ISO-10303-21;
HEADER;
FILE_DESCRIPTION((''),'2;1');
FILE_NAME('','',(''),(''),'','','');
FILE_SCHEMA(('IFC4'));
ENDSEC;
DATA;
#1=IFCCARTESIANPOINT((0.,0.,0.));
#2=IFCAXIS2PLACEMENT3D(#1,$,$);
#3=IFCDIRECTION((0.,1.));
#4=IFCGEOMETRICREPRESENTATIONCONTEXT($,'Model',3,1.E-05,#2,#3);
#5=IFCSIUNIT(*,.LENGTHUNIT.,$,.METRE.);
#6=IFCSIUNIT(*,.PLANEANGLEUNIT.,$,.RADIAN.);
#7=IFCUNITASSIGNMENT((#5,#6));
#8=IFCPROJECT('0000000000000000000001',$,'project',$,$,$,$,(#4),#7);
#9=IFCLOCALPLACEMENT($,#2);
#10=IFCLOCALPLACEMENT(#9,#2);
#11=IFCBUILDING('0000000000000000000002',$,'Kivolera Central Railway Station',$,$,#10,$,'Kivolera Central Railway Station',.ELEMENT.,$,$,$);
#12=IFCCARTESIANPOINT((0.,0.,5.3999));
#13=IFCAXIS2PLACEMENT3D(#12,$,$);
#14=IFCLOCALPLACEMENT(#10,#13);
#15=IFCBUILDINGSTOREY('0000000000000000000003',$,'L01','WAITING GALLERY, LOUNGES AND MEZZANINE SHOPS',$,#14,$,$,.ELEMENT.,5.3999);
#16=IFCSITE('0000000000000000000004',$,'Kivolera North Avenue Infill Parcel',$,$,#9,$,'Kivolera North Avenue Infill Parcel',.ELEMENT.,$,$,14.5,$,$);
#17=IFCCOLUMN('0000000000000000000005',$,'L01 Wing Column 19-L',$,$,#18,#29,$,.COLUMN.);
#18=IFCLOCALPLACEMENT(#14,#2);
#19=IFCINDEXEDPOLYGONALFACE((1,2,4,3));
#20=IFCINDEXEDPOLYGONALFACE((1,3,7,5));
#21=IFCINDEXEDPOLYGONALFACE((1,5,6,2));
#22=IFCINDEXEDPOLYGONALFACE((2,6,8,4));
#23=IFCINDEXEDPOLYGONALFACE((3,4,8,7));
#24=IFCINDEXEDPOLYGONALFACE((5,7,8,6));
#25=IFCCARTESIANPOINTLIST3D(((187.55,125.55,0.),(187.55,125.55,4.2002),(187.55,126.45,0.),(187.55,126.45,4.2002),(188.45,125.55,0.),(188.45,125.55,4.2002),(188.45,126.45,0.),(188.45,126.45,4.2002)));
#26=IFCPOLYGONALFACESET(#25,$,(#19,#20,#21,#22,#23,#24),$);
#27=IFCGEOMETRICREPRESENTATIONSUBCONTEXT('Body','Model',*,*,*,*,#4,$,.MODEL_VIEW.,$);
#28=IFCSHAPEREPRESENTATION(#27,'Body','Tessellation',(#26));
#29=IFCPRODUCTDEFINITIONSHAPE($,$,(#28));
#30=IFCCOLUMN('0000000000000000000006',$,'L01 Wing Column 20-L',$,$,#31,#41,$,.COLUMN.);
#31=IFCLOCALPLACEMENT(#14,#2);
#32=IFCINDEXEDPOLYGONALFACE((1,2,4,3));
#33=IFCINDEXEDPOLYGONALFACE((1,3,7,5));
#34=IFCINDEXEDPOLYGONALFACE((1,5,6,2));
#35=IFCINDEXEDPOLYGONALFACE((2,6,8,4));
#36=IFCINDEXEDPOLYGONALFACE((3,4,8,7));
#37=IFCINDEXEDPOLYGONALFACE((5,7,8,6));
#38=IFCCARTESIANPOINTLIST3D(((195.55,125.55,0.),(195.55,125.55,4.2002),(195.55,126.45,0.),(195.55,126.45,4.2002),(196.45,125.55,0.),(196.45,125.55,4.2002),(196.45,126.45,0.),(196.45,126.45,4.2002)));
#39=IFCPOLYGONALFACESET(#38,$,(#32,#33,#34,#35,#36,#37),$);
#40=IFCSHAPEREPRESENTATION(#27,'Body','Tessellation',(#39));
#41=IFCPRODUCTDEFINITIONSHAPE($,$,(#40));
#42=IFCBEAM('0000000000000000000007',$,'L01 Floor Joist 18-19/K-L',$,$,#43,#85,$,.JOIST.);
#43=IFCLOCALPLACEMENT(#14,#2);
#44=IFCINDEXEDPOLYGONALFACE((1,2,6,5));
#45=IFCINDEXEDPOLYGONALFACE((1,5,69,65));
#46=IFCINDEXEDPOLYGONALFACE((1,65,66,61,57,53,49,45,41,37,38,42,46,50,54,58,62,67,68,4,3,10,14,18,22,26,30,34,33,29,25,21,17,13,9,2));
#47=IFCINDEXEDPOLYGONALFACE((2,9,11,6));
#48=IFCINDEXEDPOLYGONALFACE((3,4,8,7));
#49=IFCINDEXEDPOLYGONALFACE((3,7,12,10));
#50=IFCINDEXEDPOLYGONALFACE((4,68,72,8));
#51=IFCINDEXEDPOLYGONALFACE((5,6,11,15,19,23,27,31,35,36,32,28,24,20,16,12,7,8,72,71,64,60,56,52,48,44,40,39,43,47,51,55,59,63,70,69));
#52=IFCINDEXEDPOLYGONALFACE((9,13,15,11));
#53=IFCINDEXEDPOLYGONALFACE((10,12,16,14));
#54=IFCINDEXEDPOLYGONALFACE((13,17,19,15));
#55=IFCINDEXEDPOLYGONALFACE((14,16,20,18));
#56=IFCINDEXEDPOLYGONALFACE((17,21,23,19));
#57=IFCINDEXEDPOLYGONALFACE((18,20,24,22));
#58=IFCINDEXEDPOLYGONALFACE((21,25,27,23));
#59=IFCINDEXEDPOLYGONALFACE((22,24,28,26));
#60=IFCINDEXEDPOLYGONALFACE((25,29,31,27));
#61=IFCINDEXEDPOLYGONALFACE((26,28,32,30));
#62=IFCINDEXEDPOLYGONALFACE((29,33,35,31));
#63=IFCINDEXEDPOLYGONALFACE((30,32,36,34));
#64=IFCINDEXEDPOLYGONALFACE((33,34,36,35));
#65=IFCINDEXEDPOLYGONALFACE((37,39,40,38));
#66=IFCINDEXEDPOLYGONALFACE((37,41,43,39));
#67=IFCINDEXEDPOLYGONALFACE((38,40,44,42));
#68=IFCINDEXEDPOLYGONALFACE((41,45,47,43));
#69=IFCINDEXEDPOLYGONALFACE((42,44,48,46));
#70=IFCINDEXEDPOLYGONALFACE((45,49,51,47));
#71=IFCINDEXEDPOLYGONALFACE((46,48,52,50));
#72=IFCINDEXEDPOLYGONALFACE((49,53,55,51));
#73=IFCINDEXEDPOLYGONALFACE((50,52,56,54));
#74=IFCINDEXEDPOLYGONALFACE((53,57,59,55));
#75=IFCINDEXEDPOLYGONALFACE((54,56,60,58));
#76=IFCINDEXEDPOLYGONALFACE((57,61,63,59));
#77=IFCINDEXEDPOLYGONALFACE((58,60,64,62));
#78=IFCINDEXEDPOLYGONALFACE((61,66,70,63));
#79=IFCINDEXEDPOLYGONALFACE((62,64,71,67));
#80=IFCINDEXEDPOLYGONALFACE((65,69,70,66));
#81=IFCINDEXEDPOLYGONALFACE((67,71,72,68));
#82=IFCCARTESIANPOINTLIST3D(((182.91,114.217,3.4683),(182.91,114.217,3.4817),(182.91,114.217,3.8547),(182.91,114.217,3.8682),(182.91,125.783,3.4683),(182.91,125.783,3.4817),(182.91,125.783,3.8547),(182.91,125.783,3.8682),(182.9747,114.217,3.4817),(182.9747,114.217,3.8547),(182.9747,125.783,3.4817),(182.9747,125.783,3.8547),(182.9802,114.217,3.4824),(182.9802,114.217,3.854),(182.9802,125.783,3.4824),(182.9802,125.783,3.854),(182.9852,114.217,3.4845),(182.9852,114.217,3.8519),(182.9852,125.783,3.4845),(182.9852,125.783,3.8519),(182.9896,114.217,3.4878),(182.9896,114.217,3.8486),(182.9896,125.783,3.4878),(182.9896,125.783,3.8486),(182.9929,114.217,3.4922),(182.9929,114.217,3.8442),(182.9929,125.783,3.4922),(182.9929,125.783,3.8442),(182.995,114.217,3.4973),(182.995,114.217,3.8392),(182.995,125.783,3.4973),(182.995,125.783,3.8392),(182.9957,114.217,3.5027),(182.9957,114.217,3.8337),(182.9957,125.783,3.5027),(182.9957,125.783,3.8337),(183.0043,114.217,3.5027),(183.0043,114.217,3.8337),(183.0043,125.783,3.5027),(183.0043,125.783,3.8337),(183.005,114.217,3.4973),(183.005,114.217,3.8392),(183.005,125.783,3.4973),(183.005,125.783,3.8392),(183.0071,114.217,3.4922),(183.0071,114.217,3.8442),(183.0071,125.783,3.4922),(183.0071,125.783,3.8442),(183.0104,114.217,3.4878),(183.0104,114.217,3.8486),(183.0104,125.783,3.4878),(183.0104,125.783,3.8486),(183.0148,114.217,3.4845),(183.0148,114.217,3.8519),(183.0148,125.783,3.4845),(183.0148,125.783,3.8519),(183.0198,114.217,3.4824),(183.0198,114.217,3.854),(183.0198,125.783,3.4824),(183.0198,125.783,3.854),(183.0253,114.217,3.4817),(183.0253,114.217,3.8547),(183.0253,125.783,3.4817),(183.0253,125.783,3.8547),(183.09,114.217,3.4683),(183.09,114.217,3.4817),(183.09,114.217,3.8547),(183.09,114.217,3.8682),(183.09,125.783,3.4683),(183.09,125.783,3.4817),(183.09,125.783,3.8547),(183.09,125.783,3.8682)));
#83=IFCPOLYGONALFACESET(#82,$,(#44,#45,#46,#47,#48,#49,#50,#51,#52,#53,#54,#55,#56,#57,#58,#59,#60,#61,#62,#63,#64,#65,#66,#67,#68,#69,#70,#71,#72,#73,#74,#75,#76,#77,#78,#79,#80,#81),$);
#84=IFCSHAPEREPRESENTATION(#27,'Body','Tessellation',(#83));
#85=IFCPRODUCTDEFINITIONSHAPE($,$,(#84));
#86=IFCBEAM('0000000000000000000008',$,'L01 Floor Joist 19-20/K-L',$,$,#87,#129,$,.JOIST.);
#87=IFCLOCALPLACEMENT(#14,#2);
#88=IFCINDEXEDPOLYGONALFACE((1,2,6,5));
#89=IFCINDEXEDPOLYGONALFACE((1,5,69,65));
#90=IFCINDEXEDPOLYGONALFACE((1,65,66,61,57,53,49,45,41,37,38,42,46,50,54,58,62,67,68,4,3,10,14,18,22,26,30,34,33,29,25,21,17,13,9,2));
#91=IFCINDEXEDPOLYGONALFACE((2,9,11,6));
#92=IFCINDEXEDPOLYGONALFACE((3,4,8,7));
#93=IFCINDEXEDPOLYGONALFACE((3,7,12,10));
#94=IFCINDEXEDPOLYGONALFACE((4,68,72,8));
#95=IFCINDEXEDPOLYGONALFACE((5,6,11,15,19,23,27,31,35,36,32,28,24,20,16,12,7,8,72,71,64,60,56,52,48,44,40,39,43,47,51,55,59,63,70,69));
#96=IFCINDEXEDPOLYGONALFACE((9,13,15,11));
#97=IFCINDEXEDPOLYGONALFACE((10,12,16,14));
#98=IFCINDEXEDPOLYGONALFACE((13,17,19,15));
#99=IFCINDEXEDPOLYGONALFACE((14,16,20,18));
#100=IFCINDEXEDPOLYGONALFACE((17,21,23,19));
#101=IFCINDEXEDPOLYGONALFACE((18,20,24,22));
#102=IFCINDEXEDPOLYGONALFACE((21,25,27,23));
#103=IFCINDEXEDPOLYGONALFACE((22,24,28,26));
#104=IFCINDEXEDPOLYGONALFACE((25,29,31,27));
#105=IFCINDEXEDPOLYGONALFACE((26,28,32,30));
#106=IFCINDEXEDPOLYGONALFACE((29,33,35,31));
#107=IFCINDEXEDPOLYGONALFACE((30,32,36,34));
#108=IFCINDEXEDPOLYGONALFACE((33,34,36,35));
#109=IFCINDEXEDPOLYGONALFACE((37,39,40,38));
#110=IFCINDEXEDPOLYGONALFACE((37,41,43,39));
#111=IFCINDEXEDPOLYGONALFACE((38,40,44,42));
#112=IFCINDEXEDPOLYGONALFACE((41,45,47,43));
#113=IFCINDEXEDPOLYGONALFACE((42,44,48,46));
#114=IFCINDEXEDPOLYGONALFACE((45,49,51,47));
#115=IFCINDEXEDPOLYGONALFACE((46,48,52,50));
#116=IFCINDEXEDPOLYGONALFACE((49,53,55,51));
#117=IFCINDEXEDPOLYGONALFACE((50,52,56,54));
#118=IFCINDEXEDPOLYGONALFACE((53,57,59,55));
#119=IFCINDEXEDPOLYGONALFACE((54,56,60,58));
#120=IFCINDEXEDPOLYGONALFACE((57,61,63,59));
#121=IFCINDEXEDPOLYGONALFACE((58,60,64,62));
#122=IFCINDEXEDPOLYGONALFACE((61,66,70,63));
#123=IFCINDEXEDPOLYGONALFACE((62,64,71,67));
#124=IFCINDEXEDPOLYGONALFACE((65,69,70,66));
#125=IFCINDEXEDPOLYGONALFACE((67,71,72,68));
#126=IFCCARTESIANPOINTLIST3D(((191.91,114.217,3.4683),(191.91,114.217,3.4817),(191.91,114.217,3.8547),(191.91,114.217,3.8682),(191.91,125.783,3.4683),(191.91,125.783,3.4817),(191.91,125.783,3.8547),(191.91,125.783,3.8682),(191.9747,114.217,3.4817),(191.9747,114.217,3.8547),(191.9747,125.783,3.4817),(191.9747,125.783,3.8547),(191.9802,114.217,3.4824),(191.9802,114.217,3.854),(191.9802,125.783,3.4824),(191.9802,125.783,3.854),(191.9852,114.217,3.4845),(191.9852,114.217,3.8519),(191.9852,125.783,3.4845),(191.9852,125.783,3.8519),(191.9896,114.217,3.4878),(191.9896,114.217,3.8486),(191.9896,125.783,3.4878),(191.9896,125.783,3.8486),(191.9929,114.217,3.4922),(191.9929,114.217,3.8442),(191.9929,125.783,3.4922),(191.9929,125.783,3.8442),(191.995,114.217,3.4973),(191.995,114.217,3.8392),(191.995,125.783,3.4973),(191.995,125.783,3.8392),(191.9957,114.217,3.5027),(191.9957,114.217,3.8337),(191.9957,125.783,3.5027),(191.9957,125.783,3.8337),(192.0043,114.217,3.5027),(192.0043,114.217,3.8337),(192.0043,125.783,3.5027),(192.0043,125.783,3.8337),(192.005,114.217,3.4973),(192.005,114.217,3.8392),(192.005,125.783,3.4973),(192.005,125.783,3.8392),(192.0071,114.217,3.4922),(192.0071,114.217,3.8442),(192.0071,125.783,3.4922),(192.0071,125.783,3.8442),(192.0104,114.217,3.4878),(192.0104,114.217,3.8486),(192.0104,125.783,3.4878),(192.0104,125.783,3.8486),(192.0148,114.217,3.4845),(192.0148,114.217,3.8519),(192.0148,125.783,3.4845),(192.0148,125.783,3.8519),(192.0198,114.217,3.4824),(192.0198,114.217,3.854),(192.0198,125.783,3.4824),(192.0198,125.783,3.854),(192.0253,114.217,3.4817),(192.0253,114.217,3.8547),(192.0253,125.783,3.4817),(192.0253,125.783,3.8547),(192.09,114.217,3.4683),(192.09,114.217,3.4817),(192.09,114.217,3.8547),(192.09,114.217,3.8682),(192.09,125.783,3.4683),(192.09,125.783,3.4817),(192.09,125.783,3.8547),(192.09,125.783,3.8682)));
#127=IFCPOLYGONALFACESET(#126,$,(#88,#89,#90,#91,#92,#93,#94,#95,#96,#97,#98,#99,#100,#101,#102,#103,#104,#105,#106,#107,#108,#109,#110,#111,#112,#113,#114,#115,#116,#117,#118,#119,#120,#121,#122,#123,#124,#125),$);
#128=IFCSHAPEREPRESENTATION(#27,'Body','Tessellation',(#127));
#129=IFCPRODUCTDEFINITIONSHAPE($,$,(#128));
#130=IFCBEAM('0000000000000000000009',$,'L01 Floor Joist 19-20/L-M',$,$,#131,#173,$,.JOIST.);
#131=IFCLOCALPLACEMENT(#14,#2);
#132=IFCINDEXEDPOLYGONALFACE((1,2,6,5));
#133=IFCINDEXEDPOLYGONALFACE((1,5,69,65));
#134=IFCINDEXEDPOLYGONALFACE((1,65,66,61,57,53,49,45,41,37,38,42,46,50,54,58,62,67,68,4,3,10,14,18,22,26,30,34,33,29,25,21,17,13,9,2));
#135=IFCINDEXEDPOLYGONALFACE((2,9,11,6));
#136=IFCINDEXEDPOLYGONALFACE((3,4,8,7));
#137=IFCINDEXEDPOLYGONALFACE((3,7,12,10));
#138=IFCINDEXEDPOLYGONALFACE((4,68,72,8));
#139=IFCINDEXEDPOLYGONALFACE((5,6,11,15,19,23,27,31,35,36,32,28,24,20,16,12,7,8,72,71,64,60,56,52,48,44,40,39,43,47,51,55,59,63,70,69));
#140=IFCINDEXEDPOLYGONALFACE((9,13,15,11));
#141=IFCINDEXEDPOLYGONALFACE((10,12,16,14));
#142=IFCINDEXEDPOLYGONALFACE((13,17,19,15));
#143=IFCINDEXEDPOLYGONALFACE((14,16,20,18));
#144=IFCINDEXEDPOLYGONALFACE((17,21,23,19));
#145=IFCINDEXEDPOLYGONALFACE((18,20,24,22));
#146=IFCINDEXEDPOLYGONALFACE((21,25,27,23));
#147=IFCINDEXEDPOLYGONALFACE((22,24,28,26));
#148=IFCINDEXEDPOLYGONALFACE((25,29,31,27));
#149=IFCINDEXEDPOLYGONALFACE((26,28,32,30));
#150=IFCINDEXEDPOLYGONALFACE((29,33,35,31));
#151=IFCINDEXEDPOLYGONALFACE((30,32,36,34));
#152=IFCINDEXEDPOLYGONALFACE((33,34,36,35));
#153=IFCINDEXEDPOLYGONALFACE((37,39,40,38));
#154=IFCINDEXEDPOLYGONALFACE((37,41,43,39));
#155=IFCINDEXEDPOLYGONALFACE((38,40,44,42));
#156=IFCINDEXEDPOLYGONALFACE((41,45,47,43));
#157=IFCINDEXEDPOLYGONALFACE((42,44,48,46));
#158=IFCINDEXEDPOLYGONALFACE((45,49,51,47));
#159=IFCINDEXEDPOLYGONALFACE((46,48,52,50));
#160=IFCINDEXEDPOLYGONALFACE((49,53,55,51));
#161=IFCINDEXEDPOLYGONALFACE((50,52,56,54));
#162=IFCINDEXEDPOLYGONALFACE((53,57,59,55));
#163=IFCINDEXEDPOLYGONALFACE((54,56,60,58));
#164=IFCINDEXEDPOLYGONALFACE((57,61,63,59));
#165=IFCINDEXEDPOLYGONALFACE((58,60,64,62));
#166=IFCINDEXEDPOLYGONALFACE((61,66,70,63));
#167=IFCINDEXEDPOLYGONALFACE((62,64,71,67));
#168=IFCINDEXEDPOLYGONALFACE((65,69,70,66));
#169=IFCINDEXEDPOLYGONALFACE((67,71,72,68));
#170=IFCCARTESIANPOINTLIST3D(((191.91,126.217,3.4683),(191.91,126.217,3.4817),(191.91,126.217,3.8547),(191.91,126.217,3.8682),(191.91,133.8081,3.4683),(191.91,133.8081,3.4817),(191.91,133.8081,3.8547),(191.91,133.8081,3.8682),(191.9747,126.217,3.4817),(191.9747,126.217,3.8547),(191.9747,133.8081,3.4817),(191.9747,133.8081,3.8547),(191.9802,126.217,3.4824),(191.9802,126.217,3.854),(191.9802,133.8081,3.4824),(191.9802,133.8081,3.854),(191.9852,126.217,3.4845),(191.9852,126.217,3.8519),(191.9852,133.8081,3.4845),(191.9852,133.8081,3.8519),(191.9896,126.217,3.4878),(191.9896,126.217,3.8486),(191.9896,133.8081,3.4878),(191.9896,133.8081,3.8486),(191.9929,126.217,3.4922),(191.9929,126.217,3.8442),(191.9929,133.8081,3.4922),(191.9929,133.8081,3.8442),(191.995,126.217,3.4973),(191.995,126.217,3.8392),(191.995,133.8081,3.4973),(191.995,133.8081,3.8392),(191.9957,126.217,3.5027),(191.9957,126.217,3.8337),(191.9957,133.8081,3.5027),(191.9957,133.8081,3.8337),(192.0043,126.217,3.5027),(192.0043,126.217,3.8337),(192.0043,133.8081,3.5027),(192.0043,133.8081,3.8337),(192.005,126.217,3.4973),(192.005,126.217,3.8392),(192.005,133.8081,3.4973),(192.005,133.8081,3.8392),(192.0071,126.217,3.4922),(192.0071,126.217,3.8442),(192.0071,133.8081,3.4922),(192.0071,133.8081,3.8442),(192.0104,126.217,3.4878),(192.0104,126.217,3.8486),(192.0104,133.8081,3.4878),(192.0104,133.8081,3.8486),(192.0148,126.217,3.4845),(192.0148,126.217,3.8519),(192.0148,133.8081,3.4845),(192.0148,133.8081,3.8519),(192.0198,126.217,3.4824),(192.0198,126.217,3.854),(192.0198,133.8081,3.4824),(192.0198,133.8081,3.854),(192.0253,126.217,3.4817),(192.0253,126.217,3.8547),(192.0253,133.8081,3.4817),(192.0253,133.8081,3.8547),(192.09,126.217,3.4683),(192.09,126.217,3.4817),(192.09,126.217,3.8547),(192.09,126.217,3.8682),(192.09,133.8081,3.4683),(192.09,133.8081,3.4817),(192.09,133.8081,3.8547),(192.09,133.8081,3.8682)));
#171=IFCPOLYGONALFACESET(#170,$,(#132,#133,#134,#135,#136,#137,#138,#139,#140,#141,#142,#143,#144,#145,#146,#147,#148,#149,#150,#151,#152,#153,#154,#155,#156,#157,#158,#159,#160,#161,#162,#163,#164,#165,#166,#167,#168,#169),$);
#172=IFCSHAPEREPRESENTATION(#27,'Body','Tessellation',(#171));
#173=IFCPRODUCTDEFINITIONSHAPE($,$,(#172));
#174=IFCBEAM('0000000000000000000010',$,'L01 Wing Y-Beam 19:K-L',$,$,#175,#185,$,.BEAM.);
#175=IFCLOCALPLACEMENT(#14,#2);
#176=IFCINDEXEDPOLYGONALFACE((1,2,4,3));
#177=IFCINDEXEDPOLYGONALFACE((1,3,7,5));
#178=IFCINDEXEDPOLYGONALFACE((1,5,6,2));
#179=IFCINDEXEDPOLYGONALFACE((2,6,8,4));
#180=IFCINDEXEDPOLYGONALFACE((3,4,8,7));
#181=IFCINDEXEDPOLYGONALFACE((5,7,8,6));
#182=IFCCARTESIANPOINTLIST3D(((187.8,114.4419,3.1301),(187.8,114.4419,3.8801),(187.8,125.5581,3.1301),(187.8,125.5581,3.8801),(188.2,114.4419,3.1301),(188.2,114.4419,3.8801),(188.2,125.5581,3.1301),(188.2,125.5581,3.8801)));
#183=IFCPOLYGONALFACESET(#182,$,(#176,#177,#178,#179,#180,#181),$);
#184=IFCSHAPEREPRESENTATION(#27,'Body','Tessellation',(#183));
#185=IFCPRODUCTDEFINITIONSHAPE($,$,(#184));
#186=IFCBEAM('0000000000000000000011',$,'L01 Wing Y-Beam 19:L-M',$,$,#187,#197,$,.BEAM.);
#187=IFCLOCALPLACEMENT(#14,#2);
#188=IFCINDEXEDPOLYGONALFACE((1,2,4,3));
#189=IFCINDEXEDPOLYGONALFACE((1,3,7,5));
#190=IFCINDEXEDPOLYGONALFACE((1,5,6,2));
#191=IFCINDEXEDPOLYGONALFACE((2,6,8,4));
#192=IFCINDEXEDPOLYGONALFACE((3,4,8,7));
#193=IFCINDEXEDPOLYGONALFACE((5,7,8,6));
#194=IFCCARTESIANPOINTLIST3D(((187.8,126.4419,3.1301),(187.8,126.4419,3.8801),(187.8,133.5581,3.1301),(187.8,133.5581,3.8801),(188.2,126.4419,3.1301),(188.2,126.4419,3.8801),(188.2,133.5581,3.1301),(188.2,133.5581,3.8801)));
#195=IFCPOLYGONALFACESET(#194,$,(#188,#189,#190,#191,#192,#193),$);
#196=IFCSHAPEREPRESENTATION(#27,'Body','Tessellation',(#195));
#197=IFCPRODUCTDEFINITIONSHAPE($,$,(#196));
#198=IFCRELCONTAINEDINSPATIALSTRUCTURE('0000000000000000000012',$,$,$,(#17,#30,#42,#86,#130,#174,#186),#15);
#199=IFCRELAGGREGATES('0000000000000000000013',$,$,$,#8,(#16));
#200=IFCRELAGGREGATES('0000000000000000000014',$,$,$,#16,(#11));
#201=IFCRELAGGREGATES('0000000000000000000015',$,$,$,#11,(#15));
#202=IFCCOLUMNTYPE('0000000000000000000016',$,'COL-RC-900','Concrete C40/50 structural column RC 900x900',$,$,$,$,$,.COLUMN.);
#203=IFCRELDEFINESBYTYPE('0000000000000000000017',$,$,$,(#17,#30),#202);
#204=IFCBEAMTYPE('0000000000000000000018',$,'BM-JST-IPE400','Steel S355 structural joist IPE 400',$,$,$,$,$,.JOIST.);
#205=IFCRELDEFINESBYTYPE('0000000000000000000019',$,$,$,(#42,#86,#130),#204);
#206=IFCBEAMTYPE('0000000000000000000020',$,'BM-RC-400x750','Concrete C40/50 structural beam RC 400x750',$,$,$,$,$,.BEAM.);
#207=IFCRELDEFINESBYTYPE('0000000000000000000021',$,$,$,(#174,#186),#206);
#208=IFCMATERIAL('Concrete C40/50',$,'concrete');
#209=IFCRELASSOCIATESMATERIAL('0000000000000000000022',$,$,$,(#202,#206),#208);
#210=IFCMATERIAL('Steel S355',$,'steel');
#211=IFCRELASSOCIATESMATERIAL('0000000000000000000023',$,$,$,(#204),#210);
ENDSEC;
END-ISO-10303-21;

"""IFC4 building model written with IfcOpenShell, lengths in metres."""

from ifc_helpers import new_model, si_unit, direction, frame, origin, origin_2d, place, context, subcontext, project, spatial, rectangle, i_section, extrude, material, material_profile, profile_set, type_object, element, save


model = new_model("IFC4")

# Units and contexts
model_context = context("Model", 3, precision=1e-05, world=origin(), true_north=direction((0.0, 1.0)))
body_context = subcontext(model_context, "Body", "Model", "MODEL_VIEW")
ifc_project = project(units=[si_unit("LENGTHUNIT", "METRE"), si_unit("PLANEANGLEUNIT", "RADIAN")], contexts=[model_context])

# Site, building, storey
site_placement = place(None, origin())
site = spatial("IfcSite", under=ifc_project, at=site_placement, Name="Kivolera North Avenue Infill Parcel", LongName="Kivolera North Avenue Infill Parcel", CompositionType="ELEMENT", RefElevation=14.5)
building_placement = place(site_placement, origin())
building = spatial("IfcBuilding", under=site, at=building_placement, Name="Kivolera Central Railway Station", LongName="Kivolera Central Railway Station", CompositionType="ELEMENT")
storey_placement = place(building_placement, frame((0.0, 0.0, 5.3999)))
storey = spatial("IfcBuildingStorey", under=building, at=storey_placement, Name="L01", Description="WAITING GALLERY, LOUNGES AND MEZZANINE SHOPS", CompositionType="ELEMENT", Elevation=5.3999)

# Columns
ifc_material_1 = material(Name="Concrete C40/50", Category="concrete")
ifc_material_profile_1 = material_profile(ifc_material_1, rectangle(XDim=0.8999, YDim=0.8999, at=origin_2d()), Name="RC 900x900")
ifc_profile_set_1 = profile_set([ifc_material_profile_1], Name="Concrete C40/50")
column_type = type_object("IfcColumnType", Name="COL-RC-900", Description="Concrete C40/50 structural column RC 900x900", PredefinedType="COLUMN", material=ifc_profile_set_1)
for number, where, z_axis, x_axis, name in (
    (1, (188.0, 126.0, 0.0), (0.0, 0.0, 1.0), (1.0, 0.0, 0.0), "L01 Wing Column 19-L"),
    (2, (196.0, 126.0, 0.0), (0.0, 0.0, 1.0), (1.0, 0.0, 0.0), "L01 Wing Column 20-L"),
):
    element("IfcColumn", number, at=place(storey_placement, frame(where, z_axis=z_axis, x_axis=x_axis)), inside=storey, type_object=column_type, Name=name, PredefinedType="COLUMN", context=body_context, shape_type="SweptSolid", body=[
        extrude(rectangle(XDim=0.8999, YDim=0.8999, at=origin_2d()), origin(), (0.0, 0.0, 1.0), 4.2002),
    ])

# Beams
ifc_material_2 = material(Name="Steel S355", Category="steel")
ifc_material_profile_2 = material_profile(ifc_material_2, i_section(OverallWidth=0.1799, OverallDepth=0.3999, WebThickness=0.0085, FlangeThickness=0.0134, FilletRadius=0.021, at=origin_2d()), Name="IPE 400")
ifc_profile_set_2 = profile_set([ifc_material_profile_2], Name="Steel S355")
beam_type_1 = type_object("IfcBeamType", Name="BM-JST-IPE400", Description="Steel S355 structural joist IPE 400", PredefinedType="JOIST", material=ifc_profile_set_2)
for number, where, z_axis, x_axis, name in (
    (3, (183.0, 114.217, 3.6682), (0.0, 1.0, 0.0), (-1.0, 0.0, 0.0), "L01 Floor Joist 18-19/K-L"),
    (4, (192.0, 114.217, 3.6682), (0.0, 1.0, 0.0), (-1.0, 0.0, 0.0), "L01 Floor Joist 19-20/K-L"),
):
    element("IfcBeam", number, at=place(storey_placement, frame(where, z_axis=z_axis, x_axis=x_axis)), inside=storey, type_object=beam_type_1, Name=name, PredefinedType="JOIST", context=body_context, shape_type="SweptSolid", body=[
        extrude(i_section(OverallWidth=0.1799, OverallDepth=0.3999, WebThickness=0.0085, FlangeThickness=0.0134, FilletRadius=0.021, at=origin_2d()), origin(), (0.0, 0.0, 1.0), 11.5659),
    ])
beam_1_placement = place(storey_placement, frame((192.0, 126.217, 3.6682), z_axis=(0.0, 1.0, 0.0), x_axis=(-1.0, 0.0, 0.0)))
element("IfcBeam", 5, at=beam_1_placement, inside=storey, type_object=beam_type_1, Name="L01 Floor Joist 19-20/L-M", PredefinedType="JOIST", context=body_context, shape_type="SweptSolid", body=[
    extrude(i_section(OverallWidth=0.1799, OverallDepth=0.3999, WebThickness=0.0085, FlangeThickness=0.0134, FilletRadius=0.021, at=origin_2d()), origin(), (0.0, 0.0, 1.0), 7.5911),
])
ifc_material_profile_3 = material_profile(ifc_material_1, rectangle(XDim=0.3999, YDim=0.75, at=origin_2d()), Name="RC 400x750")
ifc_profile_set_3 = profile_set([ifc_material_profile_3], Name="Concrete C40/50")
beam_type_2 = type_object("IfcBeamType", Name="BM-RC-400x750", Description="Concrete C40/50 structural beam RC 400x750", PredefinedType="BEAM", material=ifc_profile_set_3)
beam_2_placement = place(storey_placement, frame((188.0, 114.4419, 3.5051), z_axis=(0.0, 1.0, 0.0), x_axis=(-1.0, 0.0, 0.0)))
element("IfcBeam", 6, at=beam_2_placement, inside=storey, type_object=beam_type_2, Name="L01 Wing Y-Beam 19:K-L", PredefinedType="BEAM", context=body_context, shape_type="SweptSolid", body=[
    extrude(rectangle(XDim=0.3999, YDim=0.75, at=origin_2d()), origin(), (0.0, 0.0, 1.0), 11.1162),
])
beam_3_placement = place(storey_placement, frame((188.0, 126.4419, 3.5051), z_axis=(0.0, 1.0, 0.0), x_axis=(-1.0, 0.0, 0.0)))
element("IfcBeam", 7, at=beam_3_placement, inside=storey, type_object=beam_type_2, Name="L01 Wing Y-Beam 19:L-M", PredefinedType="BEAM", context=body_context, shape_type="SweptSolid", body=[
    extrude(rectangle(XDim=0.3999, YDim=0.75, at=origin_2d()), origin(), (0.0, 0.0, 1.0), 7.1162),
])

save(model, "model.ifc")
